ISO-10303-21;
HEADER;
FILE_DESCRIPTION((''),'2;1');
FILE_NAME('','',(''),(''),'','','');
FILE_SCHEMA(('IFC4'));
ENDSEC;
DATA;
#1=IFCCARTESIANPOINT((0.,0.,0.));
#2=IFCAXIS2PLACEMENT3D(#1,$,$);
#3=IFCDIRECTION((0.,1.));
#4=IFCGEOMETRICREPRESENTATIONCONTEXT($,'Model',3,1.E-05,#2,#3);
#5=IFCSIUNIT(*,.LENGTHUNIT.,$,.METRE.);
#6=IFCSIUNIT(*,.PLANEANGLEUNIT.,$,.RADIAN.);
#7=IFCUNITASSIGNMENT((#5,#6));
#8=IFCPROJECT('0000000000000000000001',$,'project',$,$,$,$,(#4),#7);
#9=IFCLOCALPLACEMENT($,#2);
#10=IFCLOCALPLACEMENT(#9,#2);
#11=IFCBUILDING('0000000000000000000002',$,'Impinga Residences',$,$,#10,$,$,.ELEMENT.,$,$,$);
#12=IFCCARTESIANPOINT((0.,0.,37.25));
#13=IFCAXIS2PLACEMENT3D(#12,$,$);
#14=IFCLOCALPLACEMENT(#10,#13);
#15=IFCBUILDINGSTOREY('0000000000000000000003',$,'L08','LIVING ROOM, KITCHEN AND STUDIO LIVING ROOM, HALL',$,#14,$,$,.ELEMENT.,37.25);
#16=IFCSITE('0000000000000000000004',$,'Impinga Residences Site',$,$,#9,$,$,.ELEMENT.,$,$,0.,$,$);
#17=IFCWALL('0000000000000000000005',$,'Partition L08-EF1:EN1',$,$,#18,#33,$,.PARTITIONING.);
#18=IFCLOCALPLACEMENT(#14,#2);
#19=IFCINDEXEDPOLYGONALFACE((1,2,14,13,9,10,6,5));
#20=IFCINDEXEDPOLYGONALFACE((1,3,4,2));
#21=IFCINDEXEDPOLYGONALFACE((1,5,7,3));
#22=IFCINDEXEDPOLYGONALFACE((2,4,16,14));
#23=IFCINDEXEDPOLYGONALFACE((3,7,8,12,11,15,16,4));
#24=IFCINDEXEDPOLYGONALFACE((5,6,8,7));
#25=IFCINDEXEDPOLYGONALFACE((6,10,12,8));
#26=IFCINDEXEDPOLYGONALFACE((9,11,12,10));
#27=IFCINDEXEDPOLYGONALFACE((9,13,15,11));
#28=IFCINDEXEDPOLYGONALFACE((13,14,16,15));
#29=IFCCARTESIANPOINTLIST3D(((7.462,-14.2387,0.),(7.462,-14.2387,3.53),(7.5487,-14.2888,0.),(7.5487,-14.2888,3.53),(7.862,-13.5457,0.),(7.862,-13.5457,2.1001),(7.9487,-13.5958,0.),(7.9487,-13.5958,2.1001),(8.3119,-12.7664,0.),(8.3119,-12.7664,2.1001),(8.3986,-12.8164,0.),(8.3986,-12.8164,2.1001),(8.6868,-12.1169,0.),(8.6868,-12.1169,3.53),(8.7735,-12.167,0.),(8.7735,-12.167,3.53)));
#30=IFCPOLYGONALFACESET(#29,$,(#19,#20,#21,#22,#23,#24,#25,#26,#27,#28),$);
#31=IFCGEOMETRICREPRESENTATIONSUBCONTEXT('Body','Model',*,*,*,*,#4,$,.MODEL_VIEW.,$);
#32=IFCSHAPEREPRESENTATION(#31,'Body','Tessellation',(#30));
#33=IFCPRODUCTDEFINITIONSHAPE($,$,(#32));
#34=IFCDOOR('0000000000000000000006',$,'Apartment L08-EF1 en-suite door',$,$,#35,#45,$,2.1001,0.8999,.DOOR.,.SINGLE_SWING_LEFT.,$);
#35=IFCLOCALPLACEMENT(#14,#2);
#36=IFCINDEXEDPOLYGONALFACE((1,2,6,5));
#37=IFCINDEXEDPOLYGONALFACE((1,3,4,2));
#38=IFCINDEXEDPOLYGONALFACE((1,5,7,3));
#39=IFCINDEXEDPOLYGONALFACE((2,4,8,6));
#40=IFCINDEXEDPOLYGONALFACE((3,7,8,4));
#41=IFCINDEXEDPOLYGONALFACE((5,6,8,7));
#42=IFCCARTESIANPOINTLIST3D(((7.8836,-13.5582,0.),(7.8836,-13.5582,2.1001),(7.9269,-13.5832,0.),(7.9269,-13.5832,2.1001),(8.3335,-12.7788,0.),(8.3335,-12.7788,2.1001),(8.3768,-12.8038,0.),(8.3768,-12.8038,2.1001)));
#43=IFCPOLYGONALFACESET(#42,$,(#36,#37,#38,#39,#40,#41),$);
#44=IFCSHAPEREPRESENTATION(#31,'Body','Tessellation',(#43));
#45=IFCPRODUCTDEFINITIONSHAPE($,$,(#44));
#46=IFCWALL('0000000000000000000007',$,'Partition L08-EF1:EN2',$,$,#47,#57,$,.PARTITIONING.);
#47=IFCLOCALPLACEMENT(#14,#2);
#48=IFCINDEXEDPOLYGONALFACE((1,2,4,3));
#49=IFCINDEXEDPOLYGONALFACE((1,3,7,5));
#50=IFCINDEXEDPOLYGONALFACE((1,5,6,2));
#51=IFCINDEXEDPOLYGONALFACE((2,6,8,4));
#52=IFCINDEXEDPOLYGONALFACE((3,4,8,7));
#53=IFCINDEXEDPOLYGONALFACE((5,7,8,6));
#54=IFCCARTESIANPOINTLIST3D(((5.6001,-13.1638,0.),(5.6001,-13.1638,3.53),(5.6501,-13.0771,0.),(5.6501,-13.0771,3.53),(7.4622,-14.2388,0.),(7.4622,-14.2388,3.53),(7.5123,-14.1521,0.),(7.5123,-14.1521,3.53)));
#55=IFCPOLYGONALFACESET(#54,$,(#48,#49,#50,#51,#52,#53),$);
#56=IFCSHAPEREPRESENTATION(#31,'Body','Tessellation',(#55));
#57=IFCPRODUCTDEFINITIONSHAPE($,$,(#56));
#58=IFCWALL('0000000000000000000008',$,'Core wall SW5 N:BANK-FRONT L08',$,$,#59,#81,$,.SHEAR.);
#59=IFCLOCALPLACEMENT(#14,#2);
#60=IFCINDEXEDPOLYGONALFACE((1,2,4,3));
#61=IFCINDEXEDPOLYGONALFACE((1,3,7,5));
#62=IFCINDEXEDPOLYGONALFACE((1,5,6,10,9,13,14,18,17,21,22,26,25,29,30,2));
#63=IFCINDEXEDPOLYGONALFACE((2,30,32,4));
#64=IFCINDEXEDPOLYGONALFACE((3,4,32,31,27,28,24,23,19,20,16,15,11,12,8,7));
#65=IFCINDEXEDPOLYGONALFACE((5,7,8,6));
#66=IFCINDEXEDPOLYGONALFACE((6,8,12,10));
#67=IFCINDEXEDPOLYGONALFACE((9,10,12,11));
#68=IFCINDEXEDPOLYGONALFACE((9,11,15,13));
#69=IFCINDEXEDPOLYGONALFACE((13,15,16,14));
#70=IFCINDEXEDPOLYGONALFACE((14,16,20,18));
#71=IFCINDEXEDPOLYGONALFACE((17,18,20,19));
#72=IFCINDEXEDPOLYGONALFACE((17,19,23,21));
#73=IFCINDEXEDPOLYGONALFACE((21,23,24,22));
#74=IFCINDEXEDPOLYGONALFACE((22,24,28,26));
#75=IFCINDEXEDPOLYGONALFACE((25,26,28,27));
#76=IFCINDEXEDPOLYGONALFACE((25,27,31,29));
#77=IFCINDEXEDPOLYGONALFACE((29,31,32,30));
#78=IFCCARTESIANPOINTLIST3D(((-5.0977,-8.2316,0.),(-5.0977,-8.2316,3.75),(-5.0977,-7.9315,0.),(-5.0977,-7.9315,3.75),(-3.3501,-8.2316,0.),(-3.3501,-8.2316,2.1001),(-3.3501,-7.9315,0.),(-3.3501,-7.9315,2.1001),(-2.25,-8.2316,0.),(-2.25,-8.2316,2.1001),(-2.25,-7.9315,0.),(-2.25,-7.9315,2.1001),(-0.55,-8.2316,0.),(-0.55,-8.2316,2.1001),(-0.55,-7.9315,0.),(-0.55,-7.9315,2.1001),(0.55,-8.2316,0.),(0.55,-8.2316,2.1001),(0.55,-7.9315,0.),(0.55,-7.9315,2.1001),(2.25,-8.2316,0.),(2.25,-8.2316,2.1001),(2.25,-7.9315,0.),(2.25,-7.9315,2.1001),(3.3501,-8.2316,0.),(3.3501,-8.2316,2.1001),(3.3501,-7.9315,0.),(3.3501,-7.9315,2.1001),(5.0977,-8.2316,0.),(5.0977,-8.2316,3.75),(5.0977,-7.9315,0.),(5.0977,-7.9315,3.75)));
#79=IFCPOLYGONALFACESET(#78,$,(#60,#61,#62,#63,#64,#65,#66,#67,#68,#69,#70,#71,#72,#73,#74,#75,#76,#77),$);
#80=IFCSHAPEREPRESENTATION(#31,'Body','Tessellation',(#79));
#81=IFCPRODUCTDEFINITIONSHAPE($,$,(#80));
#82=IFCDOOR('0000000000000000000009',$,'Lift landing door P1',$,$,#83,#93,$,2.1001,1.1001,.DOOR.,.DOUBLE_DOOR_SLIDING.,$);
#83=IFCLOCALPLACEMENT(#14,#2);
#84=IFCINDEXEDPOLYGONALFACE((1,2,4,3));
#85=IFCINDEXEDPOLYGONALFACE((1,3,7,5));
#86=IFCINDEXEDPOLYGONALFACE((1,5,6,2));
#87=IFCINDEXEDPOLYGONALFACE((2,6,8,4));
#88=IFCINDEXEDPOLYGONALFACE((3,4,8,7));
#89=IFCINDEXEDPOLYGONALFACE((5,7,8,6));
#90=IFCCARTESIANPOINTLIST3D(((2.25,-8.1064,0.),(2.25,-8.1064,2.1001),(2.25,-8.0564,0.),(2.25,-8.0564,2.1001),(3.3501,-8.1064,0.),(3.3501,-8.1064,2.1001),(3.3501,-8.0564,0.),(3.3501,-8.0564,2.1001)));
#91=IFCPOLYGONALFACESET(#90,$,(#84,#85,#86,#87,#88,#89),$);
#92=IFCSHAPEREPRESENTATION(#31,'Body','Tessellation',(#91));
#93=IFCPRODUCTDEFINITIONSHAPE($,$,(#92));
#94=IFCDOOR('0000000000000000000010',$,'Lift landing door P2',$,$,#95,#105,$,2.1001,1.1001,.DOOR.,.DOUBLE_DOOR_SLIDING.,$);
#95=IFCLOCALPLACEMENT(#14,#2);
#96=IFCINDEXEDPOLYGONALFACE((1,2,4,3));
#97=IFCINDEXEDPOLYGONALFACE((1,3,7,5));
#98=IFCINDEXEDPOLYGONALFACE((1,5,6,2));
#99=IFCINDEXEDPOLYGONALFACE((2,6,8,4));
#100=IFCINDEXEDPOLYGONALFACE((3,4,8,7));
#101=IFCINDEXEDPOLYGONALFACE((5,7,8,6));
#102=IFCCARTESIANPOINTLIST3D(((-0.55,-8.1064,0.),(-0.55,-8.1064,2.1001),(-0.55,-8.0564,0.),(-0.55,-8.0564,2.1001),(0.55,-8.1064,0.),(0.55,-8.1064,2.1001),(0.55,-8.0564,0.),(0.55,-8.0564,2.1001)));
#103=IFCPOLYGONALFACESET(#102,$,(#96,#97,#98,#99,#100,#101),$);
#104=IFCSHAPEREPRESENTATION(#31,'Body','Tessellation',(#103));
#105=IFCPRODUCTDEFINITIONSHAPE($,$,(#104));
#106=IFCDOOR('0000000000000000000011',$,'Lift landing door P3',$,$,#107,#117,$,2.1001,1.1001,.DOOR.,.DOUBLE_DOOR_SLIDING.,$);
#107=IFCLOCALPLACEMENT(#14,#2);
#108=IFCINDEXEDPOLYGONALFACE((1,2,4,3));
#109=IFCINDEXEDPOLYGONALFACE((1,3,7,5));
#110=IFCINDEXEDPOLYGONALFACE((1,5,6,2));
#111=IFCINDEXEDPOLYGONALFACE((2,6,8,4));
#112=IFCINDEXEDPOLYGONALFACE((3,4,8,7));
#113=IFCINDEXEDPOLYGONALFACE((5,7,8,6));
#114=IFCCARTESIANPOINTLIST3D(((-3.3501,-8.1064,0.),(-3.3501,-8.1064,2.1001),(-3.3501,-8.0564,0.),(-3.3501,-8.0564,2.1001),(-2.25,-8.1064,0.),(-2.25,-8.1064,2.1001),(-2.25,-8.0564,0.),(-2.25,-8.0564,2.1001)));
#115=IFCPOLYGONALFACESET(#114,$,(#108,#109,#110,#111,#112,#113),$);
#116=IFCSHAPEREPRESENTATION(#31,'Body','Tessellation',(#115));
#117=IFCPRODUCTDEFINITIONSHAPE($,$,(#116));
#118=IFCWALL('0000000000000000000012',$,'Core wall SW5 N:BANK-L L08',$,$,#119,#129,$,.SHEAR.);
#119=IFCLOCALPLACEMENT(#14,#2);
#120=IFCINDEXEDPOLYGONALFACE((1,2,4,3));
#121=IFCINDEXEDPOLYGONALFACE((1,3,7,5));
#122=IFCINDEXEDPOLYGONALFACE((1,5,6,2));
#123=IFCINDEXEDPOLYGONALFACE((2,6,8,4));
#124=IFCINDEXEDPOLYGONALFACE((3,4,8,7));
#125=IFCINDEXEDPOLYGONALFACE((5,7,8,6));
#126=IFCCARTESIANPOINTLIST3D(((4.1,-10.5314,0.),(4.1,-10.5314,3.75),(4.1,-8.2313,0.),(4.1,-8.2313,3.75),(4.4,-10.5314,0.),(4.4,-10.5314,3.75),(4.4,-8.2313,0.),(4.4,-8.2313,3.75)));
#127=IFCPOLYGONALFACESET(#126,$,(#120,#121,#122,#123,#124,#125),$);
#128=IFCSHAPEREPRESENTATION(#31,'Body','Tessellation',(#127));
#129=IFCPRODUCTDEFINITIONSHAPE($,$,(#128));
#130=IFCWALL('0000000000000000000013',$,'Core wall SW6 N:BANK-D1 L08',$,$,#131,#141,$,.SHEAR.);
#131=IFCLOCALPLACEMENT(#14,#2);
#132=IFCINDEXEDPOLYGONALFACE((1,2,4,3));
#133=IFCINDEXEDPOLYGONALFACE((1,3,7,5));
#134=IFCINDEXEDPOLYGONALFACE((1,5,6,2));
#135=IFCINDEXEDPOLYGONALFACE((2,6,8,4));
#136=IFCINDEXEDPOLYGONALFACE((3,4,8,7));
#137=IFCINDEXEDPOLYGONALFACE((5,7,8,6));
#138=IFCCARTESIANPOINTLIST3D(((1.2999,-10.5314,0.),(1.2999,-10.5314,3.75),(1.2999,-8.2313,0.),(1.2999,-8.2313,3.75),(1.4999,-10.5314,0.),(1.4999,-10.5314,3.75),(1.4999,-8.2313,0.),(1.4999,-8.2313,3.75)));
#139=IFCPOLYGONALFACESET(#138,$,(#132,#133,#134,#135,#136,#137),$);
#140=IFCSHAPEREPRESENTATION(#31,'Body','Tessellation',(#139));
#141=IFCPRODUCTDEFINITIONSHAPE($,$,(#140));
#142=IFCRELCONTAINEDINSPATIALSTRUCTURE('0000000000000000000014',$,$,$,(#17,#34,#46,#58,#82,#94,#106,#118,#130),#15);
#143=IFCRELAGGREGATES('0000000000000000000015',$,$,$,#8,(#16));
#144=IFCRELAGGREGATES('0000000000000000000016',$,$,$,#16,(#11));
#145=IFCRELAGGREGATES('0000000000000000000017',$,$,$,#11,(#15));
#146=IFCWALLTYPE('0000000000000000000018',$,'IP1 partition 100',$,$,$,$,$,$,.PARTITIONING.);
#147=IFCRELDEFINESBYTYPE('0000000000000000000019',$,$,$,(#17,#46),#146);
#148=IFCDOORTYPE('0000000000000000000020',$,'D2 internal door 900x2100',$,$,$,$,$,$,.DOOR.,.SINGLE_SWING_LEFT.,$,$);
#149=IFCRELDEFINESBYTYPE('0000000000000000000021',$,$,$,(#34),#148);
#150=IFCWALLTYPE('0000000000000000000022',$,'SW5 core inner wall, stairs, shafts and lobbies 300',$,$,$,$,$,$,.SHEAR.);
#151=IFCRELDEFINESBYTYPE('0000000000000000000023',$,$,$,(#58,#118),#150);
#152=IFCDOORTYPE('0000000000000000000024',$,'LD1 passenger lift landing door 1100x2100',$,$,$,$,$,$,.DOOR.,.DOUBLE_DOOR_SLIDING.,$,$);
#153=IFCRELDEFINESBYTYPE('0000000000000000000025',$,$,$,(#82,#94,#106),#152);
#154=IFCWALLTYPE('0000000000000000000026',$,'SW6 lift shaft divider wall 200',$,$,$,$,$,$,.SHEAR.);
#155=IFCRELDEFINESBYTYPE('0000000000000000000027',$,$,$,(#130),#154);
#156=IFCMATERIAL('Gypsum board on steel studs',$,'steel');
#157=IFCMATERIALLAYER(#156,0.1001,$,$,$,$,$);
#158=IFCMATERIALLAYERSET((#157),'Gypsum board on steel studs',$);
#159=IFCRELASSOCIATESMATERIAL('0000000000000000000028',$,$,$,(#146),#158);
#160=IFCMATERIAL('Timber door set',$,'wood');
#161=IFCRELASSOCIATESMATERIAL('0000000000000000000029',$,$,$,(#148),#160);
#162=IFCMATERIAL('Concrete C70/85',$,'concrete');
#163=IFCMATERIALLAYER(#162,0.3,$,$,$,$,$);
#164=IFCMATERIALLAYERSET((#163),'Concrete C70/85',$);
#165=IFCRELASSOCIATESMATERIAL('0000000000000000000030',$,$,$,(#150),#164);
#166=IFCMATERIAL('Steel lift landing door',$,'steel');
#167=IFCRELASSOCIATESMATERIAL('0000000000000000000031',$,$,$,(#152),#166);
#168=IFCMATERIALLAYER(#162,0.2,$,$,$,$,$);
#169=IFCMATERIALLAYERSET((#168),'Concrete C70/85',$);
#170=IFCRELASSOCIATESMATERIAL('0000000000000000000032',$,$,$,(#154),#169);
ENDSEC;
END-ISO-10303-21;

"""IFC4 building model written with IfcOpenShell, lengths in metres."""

from ifc_helpers import new_model, si_unit, direction, frame, frame_2d, origin, place, context, subcontext, project, spatial, rectangle, extrude, material, layer, layer_set, type_object, element, fill, save


model = new_model("IFC4")

# Units and contexts
model_context = context("Model", 3, precision=1e-05, world=origin(), true_north=direction((0.0, 1.0)))
body_context = subcontext(model_context, "Body", "Model", "MODEL_VIEW")
ifc_project = project(units=[si_unit("LENGTHUNIT", "METRE"), si_unit("PLANEANGLEUNIT", "RADIAN")], contexts=[model_context])

# Site, building, storey
site_placement = place(None, origin())
site = spatial("IfcSite", under=ifc_project, at=site_placement, Name="Impinga Residences Site", CompositionType="ELEMENT", RefElevation=0.0)
building_placement = place(site_placement, origin())
building = spatial("IfcBuilding", under=site, at=building_placement, Name="Impinga Residences", CompositionType="ELEMENT")
storey_placement = place(building_placement, frame((0.0, 0.0, 37.25)))
storey = spatial("IfcBuildingStorey", under=building, at=storey_placement, Name="L08", Description="LIVING ROOM, KITCHEN AND STUDIO LIVING ROOM, HALL", CompositionType="ELEMENT", Elevation=37.25)

# Shared definitions
ifc_material_1 = material(Name="Concrete C70/85", Category="concrete")

# Shared definitions
ifc_material_2 = material(Name="Gypsum board on steel studs", Category="steel")
ifc_layer_1 = layer(ifc_material_2, 0.1001)
ifc_layer_set_1 = layer_set([ifc_layer_1], Name="Gypsum board on steel studs")
wall_type_1 = type_object("IfcWallType", Name="IP1 partition 100", PredefinedType="PARTITIONING", material=ifc_layer_set_1)

# Shared definitions
ifc_material_3 = material(Name="Timber door set", Category="wood")
door_type_1 = type_object("IfcDoorType", Name="D2 internal door 900x2100", OperationType="SINGLE_SWING_LEFT", PredefinedType="DOOR", material=ifc_material_3)

# Wall, opening, door
wall_1_placement = place(storey_placement, frame((8.7302, -12.1418, 0.0), z_axis=(0.0, 0.0, 1.0), x_axis=(-0.499944, -0.866058, 0.0)))
wall_1 = element("IfcWall", 1, at=wall_1_placement, inside=storey, type_object=wall_type_1, Name="Partition L08-EF1:EN1", PredefinedType="PARTITIONING", context=body_context, shape_type="SweptSolid", body=[
    extrude(rectangle(XDim=2.45, YDim=0.1001, at=frame_2d((1.2251, 0.0))), origin(), (0.0, 0.0, 1.0), 3.53),
])
opening_1_placement = place(wall_1_placement, frame((0.75, 0.0, 0.0)))
opening_1 = element("IfcOpeningElement", 2, at=opening_1_placement, cuts=wall_1, PredefinedType="OPENING", context=body_context, shape_type="SweptSolid", body=[
    extrude(rectangle(XDim=0.8999, YDim=2.1001, at=frame_2d((0.45, 1.05))), frame((0.0, 0.0601, 0.0), z_axis=(0.0, -1.0, 0.0), x_axis=(1.0, 0.0, 0.0)), (0.0, 0.0, 1.0), 0.1201),
])
door_1_placement = place(opening_1_placement, origin())
door_1 = element("IfcDoor", 3, at=door_1_placement, inside=storey, type_object=door_type_1, Name="Apartment L08-EF1 en-suite door", OperationType="SINGLE_SWING_LEFT", OverallHeight=2.1001, OverallWidth=0.8999, PredefinedType="DOOR", context=body_context, shape_type="SweptSolid", body=[
    extrude(rectangle(XDim=0.8999, YDim=2.1001, at=frame_2d((0.45, 1.05))), frame((0.0, 0.0249, 0.0), z_axis=(0.0, -1.0, 0.0), x_axis=(1.0, 0.0, 0.0)), (0.0, 0.0, 1.0), 0.05),
])
fill(opening_1, door_1)

# Wall
wall_2_placement = place(storey_placement, frame((5.625, -13.1204, 0.0), z_axis=(0.0, 0.0, 1.0), x_axis=(0.866048, -0.499962, 0.0)))
element("IfcWall", 4, at=wall_2_placement, inside=storey, type_object=wall_type_1, Name="Partition L08-EF1:EN2", PredefinedType="PARTITIONING", context=body_context, shape_type="SweptSolid", body=[
    extrude(rectangle(XDim=2.1501, YDim=0.1001, at=frame_2d((1.0752, 0.0))), origin(), (0.0, 0.0, 1.0), 3.53),
])

# Wall, openings, doors
ifc_layer_2 = layer(ifc_material_1, 0.3)
ifc_layer_set_2 = layer_set([ifc_layer_2], Name="Concrete C70/85")
wall_type_2 = type_object("IfcWallType", Name="SW5 core inner wall, stairs, shafts and lobbies 300", PredefinedType="SHEAR", material=ifc_layer_set_2)
wall_3_placement = place(storey_placement, frame((5.0977, -8.0815, 0.0), z_axis=(0.0, 0.0, 1.0), x_axis=(-1.0, 0.0, 0.0)))
wall_3 = element("IfcWall", 5, at=wall_3_placement, inside=storey, type_object=wall_type_2, Name="Core wall SW5 N:BANK-FRONT L08", PredefinedType="SHEAR", context=body_context, shape_type="SweptSolid", body=[
    extrude(rectangle(XDim=10.1953, YDim=0.3, at=frame_2d((5.0977, 0.0))), origin(), (0.0, 0.0, 1.0), 3.75),
])
opening_2_placement = place(wall_3_placement, frame((1.7476, 0.0, 0.0)))
opening_2 = element("IfcOpeningElement", 6, at=opening_2_placement, cuts=wall_3, PredefinedType="OPENING", context=body_context, shape_type="SweptSolid", body=[
    extrude(rectangle(XDim=1.1001, YDim=2.1001, at=frame_2d((0.55, 1.05))), frame((0.0, 0.1599, 0.0), z_axis=(0.0, -1.0, 0.0), x_axis=(1.0, 0.0, 0.0)), (0.0, 0.0, 1.0), 0.3201),
])
opening_3_placement = place(wall_3_placement, frame((4.5476, 0.0, 0.0)))
opening_3 = element("IfcOpeningElement", 7, at=opening_3_placement, cuts=wall_3, PredefinedType="OPENING", context=body_context, shape_type="SweptSolid", body=[
    extrude(rectangle(XDim=1.1001, YDim=2.1001, at=frame_2d((0.55, 1.05))), frame((0.0, 0.1599, 0.0), z_axis=(0.0, -1.0, 0.0), x_axis=(1.0, 0.0, 0.0)), (0.0, 0.0, 1.0), 0.3201),
])
opening_4_placement = place(wall_3_placement, frame((7.3477, 0.0, 0.0)))
opening_4 = element("IfcOpeningElement", 8, at=opening_4_placement, cuts=wall_3, PredefinedType="OPENING", context=body_context, shape_type="SweptSolid", body=[
    extrude(rectangle(XDim=1.1001, YDim=2.1001, at=frame_2d((0.55, 1.05))), frame((0.0, 0.1599, 0.0), z_axis=(0.0, -1.0, 0.0), x_axis=(1.0, 0.0, 0.0)), (0.0, 0.0, 1.0), 0.3201),
])
ifc_material_4 = material(Name="Steel lift landing door", Category="steel")
door_type_2 = type_object("IfcDoorType", Name="LD1 passenger lift landing door 1100x2100", OperationType="DOUBLE_DOOR_SLIDING", PredefinedType="DOOR", material=ifc_material_4)
door_2_placement = place(opening_2_placement, origin())
door_2 = element("IfcDoor", 9, at=door_2_placement, inside=storey, type_object=door_type_2, Name="Lift landing door P1", OperationType="DOUBLE_DOOR_SLIDING", OverallHeight=2.1001, OverallWidth=1.1001, PredefinedType="DOOR", context=body_context, shape_type="SweptSolid", body=[
    extrude(rectangle(XDim=1.1001, YDim=2.1001, at=frame_2d((0.55, 1.05))), frame((0.0, 0.0249, 0.0), z_axis=(0.0, -1.0, 0.0), x_axis=(1.0, 0.0, 0.0)), (0.0, 0.0, 1.0), 0.05),
])
fill(opening_2, door_2)
door_3_placement = place(opening_3_placement, origin())
door_3 = element("IfcDoor", 10, at=door_3_placement, inside=storey, type_object=door_type_2, Name="Lift landing door P2", OperationType="DOUBLE_DOOR_SLIDING", OverallHeight=2.1001, OverallWidth=1.1001, PredefinedType="DOOR", context=body_context, shape_type="SweptSolid", body=[
    extrude(rectangle(XDim=1.1001, YDim=2.1001, at=frame_2d((0.55, 1.05))), frame((0.0, 0.0249, 0.0), z_axis=(0.0, -1.0, 0.0), x_axis=(1.0, 0.0, 0.0)), (0.0, 0.0, 1.0), 0.05),
])
fill(opening_3, door_3)
door_4_placement = place(opening_4_placement, origin())
door_4 = element("IfcDoor", 11, at=door_4_placement, inside=storey, type_object=door_type_2, Name="Lift landing door P3", OperationType="DOUBLE_DOOR_SLIDING", OverallHeight=2.1001, OverallWidth=1.1001, PredefinedType="DOOR", context=body_context, shape_type="SweptSolid", body=[
    extrude(rectangle(XDim=1.1001, YDim=2.1001, at=frame_2d((0.55, 1.05))), frame((0.0, 0.0249, 0.0), z_axis=(0.0, -1.0, 0.0), x_axis=(1.0, 0.0, 0.0)), (0.0, 0.0, 1.0), 0.05),
])
fill(opening_4, door_4)

# Walls
wall_4_placement = place(storey_placement, frame((4.25, -8.2314, 0.0), z_axis=(0.0, 0.0, 1.0), x_axis=(0.0, -1.0, 0.0)))
element("IfcWall", 12, at=wall_4_placement, inside=storey, type_object=wall_type_2, Name="Core wall SW5 N:BANK-L L08", PredefinedType="SHEAR", context=body_context, shape_type="SweptSolid", body=[
    extrude(rectangle(XDim=2.3, YDim=0.3, at=frame_2d((1.1499, 0.0))), origin(), (0.0, 0.0, 1.0), 3.75),
])
ifc_layer_3 = layer(ifc_material_1, 0.2)
ifc_layer_set_3 = layer_set([ifc_layer_3], Name="Concrete C70/85")
wall_type_3 = type_object("IfcWallType", Name="SW6 lift shaft divider wall 200", PredefinedType="SHEAR", material=ifc_layer_set_3)
wall_5_placement = place(storey_placement, frame((1.3999, -8.2314, 0.0), z_axis=(0.0, 0.0, 1.0), x_axis=(0.0, -1.0, 0.0)))
element("IfcWall", 13, at=wall_5_placement, inside=storey, type_object=wall_type_3, Name="Core wall SW6 N:BANK-D1 L08", PredefinedType="SHEAR", context=body_context, shape_type="SweptSolid", body=[
    extrude(rectangle(XDim=2.3, YDim=0.2, at=frame_2d((1.1499, 0.0))), origin(), (0.0, 0.0, 1.0), 3.75),
])

save(model, "model.ifc")
